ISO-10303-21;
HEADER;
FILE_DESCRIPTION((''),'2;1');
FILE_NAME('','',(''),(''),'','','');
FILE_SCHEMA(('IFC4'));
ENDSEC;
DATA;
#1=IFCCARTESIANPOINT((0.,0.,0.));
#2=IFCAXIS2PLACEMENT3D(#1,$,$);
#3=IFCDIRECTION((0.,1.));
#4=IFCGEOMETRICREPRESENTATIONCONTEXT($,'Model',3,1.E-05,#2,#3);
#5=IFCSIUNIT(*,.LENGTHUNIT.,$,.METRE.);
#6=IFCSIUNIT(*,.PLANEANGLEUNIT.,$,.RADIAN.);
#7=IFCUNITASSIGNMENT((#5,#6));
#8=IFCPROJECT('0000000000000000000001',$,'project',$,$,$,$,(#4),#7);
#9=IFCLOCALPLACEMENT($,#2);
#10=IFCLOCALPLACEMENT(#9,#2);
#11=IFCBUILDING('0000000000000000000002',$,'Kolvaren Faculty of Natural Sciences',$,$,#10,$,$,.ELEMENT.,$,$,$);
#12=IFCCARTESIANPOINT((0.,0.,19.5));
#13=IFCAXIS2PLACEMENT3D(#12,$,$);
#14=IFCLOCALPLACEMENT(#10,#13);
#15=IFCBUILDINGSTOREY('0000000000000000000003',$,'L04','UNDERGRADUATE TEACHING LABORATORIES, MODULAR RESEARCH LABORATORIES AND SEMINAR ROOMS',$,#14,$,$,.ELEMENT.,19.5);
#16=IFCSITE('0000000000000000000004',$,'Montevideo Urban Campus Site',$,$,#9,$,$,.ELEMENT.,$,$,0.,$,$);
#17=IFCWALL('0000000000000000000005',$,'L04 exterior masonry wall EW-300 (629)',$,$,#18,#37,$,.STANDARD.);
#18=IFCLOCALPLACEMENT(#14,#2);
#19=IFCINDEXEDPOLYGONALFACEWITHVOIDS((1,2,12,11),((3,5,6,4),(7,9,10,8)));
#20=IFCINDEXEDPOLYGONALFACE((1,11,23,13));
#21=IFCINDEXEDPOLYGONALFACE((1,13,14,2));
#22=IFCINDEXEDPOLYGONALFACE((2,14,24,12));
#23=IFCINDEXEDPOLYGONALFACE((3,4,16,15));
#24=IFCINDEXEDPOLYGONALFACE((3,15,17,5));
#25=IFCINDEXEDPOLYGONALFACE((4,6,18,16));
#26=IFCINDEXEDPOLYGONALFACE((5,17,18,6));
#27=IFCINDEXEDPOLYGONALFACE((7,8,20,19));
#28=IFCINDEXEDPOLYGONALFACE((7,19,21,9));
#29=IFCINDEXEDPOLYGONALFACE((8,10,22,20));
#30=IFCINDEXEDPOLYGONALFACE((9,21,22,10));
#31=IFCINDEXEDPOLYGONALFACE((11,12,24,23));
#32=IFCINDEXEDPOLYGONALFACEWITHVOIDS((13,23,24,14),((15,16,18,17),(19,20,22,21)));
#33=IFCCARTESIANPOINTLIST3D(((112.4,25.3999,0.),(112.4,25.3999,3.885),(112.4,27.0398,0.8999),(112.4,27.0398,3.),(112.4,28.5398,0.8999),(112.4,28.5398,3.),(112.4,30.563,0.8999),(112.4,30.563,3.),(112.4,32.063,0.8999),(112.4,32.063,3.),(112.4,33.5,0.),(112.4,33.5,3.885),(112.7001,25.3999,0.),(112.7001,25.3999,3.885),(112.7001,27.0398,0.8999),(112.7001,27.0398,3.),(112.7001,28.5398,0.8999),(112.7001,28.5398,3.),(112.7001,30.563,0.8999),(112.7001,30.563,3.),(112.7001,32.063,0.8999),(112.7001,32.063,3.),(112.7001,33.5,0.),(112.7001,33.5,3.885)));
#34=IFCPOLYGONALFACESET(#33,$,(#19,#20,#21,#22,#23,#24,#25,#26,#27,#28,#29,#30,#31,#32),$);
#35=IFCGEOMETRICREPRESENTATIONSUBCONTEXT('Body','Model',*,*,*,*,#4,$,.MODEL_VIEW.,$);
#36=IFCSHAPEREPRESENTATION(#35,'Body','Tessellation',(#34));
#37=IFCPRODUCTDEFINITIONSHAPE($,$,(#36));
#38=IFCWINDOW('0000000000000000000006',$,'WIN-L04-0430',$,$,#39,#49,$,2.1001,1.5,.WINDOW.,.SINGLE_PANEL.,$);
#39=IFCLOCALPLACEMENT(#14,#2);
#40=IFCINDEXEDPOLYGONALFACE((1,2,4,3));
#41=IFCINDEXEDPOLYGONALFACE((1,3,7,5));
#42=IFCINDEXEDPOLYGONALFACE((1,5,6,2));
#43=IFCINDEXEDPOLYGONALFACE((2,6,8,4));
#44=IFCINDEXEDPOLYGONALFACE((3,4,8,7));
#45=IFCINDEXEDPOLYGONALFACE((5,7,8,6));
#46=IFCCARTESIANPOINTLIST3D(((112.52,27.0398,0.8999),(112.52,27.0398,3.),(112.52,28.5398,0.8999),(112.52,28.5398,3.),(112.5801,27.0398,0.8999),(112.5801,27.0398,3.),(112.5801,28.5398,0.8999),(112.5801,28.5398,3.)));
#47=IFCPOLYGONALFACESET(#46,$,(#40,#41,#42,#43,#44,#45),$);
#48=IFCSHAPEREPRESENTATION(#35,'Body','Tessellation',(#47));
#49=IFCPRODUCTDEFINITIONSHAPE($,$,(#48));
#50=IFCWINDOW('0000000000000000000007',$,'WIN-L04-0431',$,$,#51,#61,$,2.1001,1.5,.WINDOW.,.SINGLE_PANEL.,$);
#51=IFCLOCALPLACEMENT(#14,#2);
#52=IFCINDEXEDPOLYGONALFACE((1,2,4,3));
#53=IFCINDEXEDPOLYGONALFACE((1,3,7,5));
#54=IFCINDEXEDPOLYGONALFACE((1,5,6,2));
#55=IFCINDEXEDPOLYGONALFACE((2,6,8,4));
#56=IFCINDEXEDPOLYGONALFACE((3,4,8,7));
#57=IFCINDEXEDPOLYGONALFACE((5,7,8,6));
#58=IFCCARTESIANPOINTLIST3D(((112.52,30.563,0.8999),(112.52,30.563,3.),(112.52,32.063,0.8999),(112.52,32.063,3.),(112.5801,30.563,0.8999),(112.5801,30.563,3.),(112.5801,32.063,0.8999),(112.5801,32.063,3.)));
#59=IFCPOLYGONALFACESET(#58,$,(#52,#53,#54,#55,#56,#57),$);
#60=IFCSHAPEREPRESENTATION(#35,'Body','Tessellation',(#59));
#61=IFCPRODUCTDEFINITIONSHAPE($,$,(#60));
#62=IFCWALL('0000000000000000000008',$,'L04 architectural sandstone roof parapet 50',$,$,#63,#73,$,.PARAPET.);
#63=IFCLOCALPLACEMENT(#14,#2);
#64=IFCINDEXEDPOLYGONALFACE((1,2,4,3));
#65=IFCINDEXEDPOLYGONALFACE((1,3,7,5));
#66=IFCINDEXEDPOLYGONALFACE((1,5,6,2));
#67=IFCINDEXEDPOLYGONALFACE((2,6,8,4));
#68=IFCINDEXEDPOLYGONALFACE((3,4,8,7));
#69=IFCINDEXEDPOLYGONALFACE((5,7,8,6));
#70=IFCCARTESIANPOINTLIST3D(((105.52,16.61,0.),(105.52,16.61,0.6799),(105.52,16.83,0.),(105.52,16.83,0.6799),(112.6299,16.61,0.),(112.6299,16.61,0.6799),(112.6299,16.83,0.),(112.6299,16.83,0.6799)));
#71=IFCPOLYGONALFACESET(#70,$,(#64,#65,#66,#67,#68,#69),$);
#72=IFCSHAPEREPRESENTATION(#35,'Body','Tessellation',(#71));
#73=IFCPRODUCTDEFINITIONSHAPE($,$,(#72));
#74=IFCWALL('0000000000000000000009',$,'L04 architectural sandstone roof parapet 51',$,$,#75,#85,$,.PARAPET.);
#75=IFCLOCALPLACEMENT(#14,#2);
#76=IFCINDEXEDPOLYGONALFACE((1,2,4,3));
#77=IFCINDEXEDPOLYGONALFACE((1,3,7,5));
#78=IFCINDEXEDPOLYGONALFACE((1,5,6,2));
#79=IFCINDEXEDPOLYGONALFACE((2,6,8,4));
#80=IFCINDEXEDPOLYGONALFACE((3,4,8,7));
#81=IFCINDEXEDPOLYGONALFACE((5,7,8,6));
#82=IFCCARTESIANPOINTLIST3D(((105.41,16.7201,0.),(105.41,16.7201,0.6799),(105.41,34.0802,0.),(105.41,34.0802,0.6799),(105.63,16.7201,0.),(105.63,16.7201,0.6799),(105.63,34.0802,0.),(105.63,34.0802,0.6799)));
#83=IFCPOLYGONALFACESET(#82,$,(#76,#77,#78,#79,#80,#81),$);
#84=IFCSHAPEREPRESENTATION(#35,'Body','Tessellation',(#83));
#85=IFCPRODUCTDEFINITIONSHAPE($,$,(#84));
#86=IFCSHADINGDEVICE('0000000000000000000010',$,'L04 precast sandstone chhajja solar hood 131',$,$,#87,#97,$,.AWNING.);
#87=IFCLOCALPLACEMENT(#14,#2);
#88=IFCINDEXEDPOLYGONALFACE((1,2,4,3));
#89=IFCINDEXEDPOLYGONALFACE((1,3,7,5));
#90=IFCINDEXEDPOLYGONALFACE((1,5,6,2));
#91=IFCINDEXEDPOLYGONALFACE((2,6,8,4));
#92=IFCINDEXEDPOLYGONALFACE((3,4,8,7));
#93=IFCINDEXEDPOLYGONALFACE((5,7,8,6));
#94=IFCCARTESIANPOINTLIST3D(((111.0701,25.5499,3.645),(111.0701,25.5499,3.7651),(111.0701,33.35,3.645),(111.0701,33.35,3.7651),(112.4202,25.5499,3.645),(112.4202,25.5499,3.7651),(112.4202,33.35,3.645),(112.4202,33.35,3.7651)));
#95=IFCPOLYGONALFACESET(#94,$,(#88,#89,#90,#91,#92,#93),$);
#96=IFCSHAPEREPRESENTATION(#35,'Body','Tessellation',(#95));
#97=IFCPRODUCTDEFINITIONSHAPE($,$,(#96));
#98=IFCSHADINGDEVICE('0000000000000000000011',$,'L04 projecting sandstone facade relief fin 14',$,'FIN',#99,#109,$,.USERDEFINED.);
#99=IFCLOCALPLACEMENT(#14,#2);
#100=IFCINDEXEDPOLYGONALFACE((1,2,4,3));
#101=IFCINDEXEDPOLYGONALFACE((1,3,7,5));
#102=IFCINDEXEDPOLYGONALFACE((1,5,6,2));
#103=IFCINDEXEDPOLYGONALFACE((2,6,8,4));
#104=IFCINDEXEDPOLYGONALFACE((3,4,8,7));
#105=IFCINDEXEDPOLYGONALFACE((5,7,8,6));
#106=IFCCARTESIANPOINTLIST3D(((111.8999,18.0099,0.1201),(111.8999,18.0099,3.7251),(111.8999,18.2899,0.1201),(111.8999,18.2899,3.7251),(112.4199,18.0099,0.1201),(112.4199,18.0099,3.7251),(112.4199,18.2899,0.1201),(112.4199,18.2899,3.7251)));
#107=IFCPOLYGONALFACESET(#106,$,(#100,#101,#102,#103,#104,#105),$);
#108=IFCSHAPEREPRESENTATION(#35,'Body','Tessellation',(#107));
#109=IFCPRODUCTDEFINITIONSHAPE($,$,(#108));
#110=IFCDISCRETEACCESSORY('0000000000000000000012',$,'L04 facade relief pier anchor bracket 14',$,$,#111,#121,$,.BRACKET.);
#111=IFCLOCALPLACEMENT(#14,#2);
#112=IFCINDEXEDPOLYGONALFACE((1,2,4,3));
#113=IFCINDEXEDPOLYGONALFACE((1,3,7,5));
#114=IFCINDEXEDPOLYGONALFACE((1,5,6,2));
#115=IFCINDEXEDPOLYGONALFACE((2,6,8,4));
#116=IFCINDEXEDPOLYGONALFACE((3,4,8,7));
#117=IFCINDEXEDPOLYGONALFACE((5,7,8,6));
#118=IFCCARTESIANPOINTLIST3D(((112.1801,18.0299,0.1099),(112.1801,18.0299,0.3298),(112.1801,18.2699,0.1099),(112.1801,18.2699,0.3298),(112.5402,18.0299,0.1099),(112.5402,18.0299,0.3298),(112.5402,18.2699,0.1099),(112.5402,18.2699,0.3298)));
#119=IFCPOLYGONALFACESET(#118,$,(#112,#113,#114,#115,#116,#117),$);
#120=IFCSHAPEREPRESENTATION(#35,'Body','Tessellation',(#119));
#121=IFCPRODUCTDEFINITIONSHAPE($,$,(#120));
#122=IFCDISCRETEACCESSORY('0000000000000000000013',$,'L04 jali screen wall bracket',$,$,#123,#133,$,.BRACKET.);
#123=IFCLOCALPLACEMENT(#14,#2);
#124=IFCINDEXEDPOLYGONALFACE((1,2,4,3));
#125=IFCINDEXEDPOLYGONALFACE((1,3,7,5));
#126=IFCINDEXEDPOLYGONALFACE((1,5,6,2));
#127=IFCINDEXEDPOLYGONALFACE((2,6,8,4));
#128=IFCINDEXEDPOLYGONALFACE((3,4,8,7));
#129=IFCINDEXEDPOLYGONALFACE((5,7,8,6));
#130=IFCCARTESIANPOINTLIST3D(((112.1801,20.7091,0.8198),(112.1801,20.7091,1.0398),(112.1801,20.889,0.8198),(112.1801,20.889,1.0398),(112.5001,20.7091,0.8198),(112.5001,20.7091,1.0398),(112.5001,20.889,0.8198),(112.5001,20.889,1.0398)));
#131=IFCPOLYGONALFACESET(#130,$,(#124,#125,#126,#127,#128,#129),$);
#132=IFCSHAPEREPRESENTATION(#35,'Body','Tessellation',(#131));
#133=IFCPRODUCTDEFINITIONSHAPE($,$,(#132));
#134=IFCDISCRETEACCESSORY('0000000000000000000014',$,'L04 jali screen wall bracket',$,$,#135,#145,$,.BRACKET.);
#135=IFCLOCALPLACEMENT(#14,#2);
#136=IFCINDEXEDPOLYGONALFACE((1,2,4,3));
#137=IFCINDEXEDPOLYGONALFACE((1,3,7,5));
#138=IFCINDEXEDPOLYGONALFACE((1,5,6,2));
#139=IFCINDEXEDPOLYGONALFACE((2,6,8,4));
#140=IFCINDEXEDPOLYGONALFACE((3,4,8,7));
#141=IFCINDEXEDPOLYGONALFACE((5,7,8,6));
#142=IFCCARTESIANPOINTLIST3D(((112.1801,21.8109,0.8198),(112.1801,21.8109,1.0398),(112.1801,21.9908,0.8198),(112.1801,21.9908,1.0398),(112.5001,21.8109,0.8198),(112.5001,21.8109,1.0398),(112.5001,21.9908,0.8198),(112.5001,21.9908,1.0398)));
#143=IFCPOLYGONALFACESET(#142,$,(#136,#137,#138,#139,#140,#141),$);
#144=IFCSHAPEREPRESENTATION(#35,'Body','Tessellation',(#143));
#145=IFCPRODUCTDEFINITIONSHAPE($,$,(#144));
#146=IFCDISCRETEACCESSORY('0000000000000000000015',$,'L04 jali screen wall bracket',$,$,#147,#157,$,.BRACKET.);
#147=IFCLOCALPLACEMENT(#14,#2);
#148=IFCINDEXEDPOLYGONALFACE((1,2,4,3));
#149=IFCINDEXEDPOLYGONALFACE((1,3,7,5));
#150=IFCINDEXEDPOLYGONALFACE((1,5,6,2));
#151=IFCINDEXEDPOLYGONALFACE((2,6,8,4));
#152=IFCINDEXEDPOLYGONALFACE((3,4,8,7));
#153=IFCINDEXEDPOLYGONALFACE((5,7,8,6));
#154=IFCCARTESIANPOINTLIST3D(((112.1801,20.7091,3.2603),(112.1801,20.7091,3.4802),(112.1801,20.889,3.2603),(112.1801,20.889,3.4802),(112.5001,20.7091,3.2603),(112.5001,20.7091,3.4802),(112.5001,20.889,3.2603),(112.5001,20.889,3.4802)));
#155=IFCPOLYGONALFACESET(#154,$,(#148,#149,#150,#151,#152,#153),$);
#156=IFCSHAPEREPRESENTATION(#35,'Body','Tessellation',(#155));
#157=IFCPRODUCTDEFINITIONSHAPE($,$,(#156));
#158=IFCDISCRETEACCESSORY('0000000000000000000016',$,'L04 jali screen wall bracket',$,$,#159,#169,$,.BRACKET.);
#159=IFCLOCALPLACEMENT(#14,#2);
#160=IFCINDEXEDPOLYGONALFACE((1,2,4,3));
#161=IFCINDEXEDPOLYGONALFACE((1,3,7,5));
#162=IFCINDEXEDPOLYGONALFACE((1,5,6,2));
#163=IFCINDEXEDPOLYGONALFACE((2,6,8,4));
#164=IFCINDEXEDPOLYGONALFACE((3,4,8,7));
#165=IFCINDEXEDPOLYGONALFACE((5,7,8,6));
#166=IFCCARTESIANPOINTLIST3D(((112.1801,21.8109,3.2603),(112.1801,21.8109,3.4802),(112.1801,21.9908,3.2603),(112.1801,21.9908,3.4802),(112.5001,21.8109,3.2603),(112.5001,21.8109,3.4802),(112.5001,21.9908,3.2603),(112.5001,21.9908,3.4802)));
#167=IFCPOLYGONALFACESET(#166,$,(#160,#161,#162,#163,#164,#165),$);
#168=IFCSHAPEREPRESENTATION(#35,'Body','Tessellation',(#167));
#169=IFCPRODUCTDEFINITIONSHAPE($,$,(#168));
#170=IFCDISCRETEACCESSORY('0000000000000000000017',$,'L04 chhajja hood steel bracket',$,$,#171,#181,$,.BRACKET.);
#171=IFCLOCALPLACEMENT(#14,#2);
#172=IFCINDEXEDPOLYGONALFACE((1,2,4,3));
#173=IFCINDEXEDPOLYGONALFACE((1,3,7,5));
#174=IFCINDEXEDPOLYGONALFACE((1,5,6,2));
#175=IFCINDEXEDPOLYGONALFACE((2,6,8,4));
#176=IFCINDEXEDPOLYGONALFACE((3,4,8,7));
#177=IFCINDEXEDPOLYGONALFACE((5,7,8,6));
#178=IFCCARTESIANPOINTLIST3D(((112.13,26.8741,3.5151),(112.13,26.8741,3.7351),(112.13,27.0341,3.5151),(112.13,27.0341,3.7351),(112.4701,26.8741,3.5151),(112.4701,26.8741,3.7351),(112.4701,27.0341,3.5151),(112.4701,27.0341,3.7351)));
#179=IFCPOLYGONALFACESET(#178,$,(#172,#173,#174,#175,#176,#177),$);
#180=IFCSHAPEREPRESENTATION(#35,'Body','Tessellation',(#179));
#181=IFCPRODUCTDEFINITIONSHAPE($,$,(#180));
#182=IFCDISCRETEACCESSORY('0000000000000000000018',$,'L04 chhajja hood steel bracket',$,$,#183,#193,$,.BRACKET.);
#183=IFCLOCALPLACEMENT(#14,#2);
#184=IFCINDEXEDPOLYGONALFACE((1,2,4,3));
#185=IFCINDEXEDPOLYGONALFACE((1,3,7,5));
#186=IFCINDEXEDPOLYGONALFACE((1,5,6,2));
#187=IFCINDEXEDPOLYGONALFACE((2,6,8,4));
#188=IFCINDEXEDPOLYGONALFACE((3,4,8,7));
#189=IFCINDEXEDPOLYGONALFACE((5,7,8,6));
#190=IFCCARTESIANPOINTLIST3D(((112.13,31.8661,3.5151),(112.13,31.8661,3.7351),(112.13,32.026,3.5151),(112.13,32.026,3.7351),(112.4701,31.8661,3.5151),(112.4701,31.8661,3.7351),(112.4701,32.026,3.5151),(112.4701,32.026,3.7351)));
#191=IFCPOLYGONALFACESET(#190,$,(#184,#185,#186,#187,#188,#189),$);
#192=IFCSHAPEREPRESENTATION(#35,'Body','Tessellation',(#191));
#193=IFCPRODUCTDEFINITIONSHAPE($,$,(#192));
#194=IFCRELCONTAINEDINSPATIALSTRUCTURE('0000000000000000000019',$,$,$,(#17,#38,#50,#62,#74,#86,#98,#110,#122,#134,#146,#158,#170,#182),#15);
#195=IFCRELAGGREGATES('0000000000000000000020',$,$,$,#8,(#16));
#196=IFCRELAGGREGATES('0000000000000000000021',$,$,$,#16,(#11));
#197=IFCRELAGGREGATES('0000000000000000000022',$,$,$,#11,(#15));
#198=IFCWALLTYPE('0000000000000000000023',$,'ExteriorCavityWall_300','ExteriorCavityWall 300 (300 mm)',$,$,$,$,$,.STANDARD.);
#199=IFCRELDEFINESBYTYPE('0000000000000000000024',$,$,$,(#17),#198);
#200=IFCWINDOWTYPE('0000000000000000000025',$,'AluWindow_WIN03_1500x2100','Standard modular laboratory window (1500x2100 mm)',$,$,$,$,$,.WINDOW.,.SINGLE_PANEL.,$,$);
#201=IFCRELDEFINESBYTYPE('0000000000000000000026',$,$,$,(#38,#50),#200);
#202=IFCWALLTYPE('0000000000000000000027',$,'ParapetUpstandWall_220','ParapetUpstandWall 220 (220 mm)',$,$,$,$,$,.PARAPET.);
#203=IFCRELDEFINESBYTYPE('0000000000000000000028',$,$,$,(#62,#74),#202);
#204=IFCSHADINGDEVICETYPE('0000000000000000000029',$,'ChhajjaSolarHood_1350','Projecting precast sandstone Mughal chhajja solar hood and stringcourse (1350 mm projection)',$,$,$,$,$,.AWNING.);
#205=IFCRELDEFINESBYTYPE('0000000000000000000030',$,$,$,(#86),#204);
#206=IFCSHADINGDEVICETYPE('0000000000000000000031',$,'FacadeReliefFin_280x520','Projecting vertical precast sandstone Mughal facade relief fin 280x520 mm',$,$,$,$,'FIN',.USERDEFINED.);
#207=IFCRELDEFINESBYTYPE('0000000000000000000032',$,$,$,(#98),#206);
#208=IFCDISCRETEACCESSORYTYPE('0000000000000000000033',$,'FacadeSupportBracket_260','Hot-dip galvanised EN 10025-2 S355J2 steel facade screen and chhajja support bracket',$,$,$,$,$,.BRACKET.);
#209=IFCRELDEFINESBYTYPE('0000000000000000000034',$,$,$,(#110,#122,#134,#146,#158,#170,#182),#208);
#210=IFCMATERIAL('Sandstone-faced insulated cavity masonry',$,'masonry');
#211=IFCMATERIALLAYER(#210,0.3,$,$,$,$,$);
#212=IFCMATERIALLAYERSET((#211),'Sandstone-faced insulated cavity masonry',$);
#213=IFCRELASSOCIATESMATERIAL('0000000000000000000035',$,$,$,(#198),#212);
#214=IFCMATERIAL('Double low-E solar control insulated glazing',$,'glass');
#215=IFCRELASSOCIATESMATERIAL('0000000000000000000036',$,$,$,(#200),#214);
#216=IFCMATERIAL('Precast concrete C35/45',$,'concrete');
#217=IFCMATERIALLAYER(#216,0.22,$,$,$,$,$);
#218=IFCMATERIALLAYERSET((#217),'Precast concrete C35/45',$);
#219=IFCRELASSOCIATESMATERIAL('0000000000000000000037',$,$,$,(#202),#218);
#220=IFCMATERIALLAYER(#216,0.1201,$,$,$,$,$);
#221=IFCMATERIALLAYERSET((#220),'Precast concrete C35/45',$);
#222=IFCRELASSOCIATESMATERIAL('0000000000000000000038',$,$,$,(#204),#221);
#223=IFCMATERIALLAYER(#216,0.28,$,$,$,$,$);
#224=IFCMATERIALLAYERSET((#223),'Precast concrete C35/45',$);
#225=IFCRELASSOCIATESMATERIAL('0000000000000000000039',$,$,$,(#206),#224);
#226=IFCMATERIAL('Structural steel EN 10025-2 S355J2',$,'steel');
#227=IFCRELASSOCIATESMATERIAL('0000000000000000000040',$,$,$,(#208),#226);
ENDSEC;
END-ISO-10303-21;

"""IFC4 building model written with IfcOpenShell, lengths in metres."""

from ifc_helpers import new_model, si_unit, direction, frame, frame_2d, origin, origin_2d, place, context, subcontext, project, spatial, rectangle, extrude, material, layer, layer_set, type_object, element, fill, save


model = new_model("IFC4")

# Units and contexts
model_context = context("Model", 3, precision=1e-05, world=origin(), true_north=direction((0.0, 1.0)))
body_context = subcontext(model_context, "Body", "Model", "MODEL_VIEW")
ifc_project = project(units=[si_unit("LENGTHUNIT", "METRE"), si_unit("PLANEANGLEUNIT", "RADIAN")], contexts=[model_context])

# Site, building, storey
site_placement = place(None, origin())
site = spatial("IfcSite", under=ifc_project, at=site_placement, Name="Montevideo Urban Campus Site", CompositionType="ELEMENT", RefElevation=0.0)
building_placement = place(site_placement, origin())
building = spatial("IfcBuilding", under=site, at=building_placement, Name="Kolvaren Faculty of Natural Sciences", CompositionType="ELEMENT")
storey_placement = place(building_placement, frame((0.0, 0.0, 19.5)))
storey = spatial("IfcBuildingStorey", under=building, at=storey_placement, Name="L04", Description="UNDERGRADUATE TEACHING LABORATORIES, MODULAR RESEARCH LABORATORIES AND SEMINAR ROOMS", CompositionType="ELEMENT", Elevation=19.5)

# Wall, openings, windows
ifc_material_1 = material(Name="Sandstone-faced insulated cavity masonry", Category="masonry")
ifc_layer_1 = layer(ifc_material_1, 0.3)
ifc_layer_set_1 = layer_set([ifc_layer_1], Name="Sandstone-faced insulated cavity masonry")
wall_type_1 = type_object("IfcWallType", Name="ExteriorCavityWall_300", Description="ExteriorCavityWall 300 (300 mm)", PredefinedType="STANDARD", material=ifc_layer_set_1)
ifc_material_2 = material(Name="Double low-E solar control insulated glazing", Category="glass")
wall_1_placement = place(storey_placement, frame((112.55, 25.3999, 0.0), z_axis=(0.0, 0.0, 1.0), x_axis=(0.0, 1.0, 0.0)))
wall_1 = element("IfcWall", 1, at=wall_1_placement, inside=storey, type_object=wall_type_1, Name="L04 exterior masonry wall EW-300 (629)", PredefinedType="STANDARD", context=body_context, shape_type="SweptSolid", body=[
    extrude(rectangle(XDim=8.1001, YDim=0.3, at=frame_2d((4.05, 0.0))), origin(), (0.0, 0.0, 1.0), 3.885),
])
opening_1_placement = place(wall_1_placement, frame((1.6399, 0.0, 0.8999)))
opening_1 = element("IfcOpeningElement", 2, at=opening_1_placement, cuts=wall_1, PredefinedType="OPENING", context=body_context, shape_type="SweptSolid", body=[
    extrude(rectangle(XDim=1.5, YDim=2.1001, at=frame_2d((0.75, 1.05))), frame((0.0, 0.1599, 0.0), z_axis=(0.0, -1.0, 0.0), x_axis=(1.0, 0.0, 0.0)), (0.0, 0.0, 1.0), 0.3201),
])
opening_2_placement = place(wall_1_placement, frame((5.1631, 0.0, 0.8999)))
opening_2 = element("IfcOpeningElement", 3, at=opening_2_placement, cuts=wall_1, PredefinedType="OPENING", context=body_context, shape_type="SweptSolid", body=[
    extrude(rectangle(XDim=1.5, YDim=2.1001, at=frame_2d((0.75, 1.05))), frame((0.0, 0.1599, 0.0), z_axis=(0.0, -1.0, 0.0), x_axis=(1.0, 0.0, 0.0)), (0.0, 0.0, 1.0), 0.3201),
])
window_type_1 = type_object("IfcWindowType", Name="AluWindow_WIN03_1500x2100", Description="Standard modular laboratory window (1500x2100 mm)", PartitioningType="SINGLE_PANEL", PredefinedType="WINDOW", material=ifc_material_2)
window_1_placement = place(opening_1_placement, origin())
window_1 = element("IfcWindow", 4, at=window_1_placement, inside=storey, type_object=window_type_1, Name="WIN-L04-0430", OverallHeight=2.1001, OverallWidth=1.5, PartitioningType="SINGLE_PANEL", PredefinedType="WINDOW", context=body_context, shape_type="SweptSolid", body=[
    extrude(rectangle(XDim=1.5, YDim=2.1001, at=frame_2d((0.75, 1.05))), frame((0.0, 0.03, 0.0), z_axis=(0.0, -1.0, 0.0), x_axis=(1.0, 0.0, 0.0)), (0.0, 0.0, 1.0), 0.0601),
])
fill(opening_1, window_1)
window_2_placement = place(opening_2_placement, origin())
window_2 = element("IfcWindow", 5, at=window_2_placement, inside=storey, type_object=window_type_1, Name="WIN-L04-0431", OverallHeight=2.1001, OverallWidth=1.5, PartitioningType="SINGLE_PANEL", PredefinedType="WINDOW", context=body_context, shape_type="SweptSolid", body=[
    extrude(rectangle(XDim=1.5, YDim=2.1001, at=frame_2d((0.75, 1.05))), frame((0.0, 0.03, 0.0), z_axis=(0.0, -1.0, 0.0), x_axis=(1.0, 0.0, 0.0)), (0.0, 0.0, 1.0), 0.0601),
])
fill(opening_2, window_2)

# Walls
ifc_material_3 = material(Name="Precast concrete C35/45", Category="concrete")
ifc_layer_2 = layer(ifc_material_3, 0.22)
ifc_layer_set_2 = layer_set([ifc_layer_2], Name="Precast concrete C35/45")
wall_type_2 = type_object("IfcWallType", Name="ParapetUpstandWall_220", Description="ParapetUpstandWall 220 (220 mm)", PredefinedType="PARAPET", material=ifc_layer_set_2)
wall_2_placement = place(storey_placement, frame((112.6299, 16.72, 0.0), z_axis=(0.0, 0.0, 1.0), x_axis=(-1.0, 0.0, 0.0)))
element("IfcWall", 6, at=wall_2_placement, inside=storey, type_object=wall_type_2, Name="L04 architectural sandstone roof parapet 50", PredefinedType="PARAPET", context=body_context, shape_type="SweptSolid", body=[
    extrude(rectangle(XDim=7.1099, YDim=0.22, at=frame_2d((3.5549, 0.0))), origin(), (0.0, 0.0, 1.0), 0.6799),
])
wall_3_placement = place(storey_placement, frame((105.52, 16.72, 0.0), z_axis=(0.0, 0.0, 1.0), x_axis=(0.0, 1.0, 0.0)))
element("IfcWall", 7, at=wall_3_placement, inside=storey, type_object=wall_type_2, Name="L04 architectural sandstone roof parapet 51", PredefinedType="PARAPET", context=body_context, shape_type="SweptSolid", body=[
    extrude(rectangle(XDim=17.3601, YDim=0.22, at=frame_2d((8.6802, 0.0))), origin(), (0.0, 0.0, 1.0), 0.6799),
])

# Shading devices
ifc_layer_3 = layer(ifc_material_3, 0.1201)
ifc_layer_set_3 = layer_set([ifc_layer_3], Name="Precast concrete C35/45")
shading_device_type_1 = type_object("IfcShadingDeviceType", Name="ChhajjaSolarHood_1350", Description="Projecting precast sandstone Mughal chhajja solar hood and stringcourse (1350 mm projection)", PredefinedType="AWNING", material=ifc_layer_set_3)
shading_device_1_placement = place(storey_placement, frame((111.7451, 29.45, 3.645), z_axis=(0.0, 0.0, 1.0), x_axis=(0.0, 1.0, 0.0)))
element("IfcShadingDevice", 8, at=shading_device_1_placement, inside=storey, type_object=shading_device_type_1, Name="L04 precast sandstone chhajja solar hood 131", PredefinedType="AWNING", context=body_context, shape_type="SweptSolid", body=[
    extrude(rectangle(XDim=7.8, YDim=1.3501, at=origin_2d()), origin(), (0.0, 0.0, 1.0), 0.1201),
])
ifc_layer_4 = layer(ifc_material_3, 0.28)
ifc_layer_set_4 = layer_set([ifc_layer_4], Name="Precast concrete C35/45")
shading_device_type_2 = type_object("IfcShadingDeviceType", Name="FacadeReliefFin_280x520", Description="Projecting vertical precast sandstone Mughal facade relief fin 280x520 mm", ElementType="FIN", PredefinedType="USERDEFINED", material=ifc_layer_set_4)
shading_device_2_placement = place(storey_placement, frame((112.1599, 18.1499, 0.1201), z_axis=(0.0, 0.0, 1.0), x_axis=(0.0, 1.0, 0.0)))
element("IfcShadingDevice", 9, at=shading_device_2_placement, inside=storey, type_object=shading_device_type_2, Name="L04 projecting sandstone facade relief fin 14", ObjectType="FIN", PredefinedType="USERDEFINED", context=body_context, shape_type="SweptSolid", body=[
    extrude(rectangle(XDim=0.28, YDim=0.52, at=origin_2d()), origin(), (0.0, 0.0, 1.0), 3.605),
])

# Discrete accessories
ifc_material_4 = material(Name="Structural steel EN 10025-2 S355J2", Category="steel")
discrete_accessory_type = type_object("IfcDiscreteAccessoryType", Name="FacadeSupportBracket_260", Description="Hot-dip galvanised EN 10025-2 S355J2 steel facade screen and chhajja support bracket", PredefinedType="BRACKET", material=ifc_material_4)
discrete_accessory_placement = place(storey_placement, frame((112.3601, 18.1499, 0.1099), z_axis=(0.0, 0.0, 1.0), x_axis=(0.0, 1.0, 0.0)))
element("IfcDiscreteAccessory", 10, at=discrete_accessory_placement, inside=storey, type_object=discrete_accessory_type, Name="L04 facade relief pier anchor bracket 14", PredefinedType="BRACKET", context=body_context, shape_type="SweptSolid", body=[
    extrude(rectangle(XDim=0.24, YDim=0.3601, at=origin_2d()), origin(), (0.0, 0.0, 1.0), 0.22),
])
for number, where, z_axis, x_axis, name in (
    (11, (112.3401, 20.7991, 0.8198), (0.0, 0.0, 1.0), (0.0, 1.0, 0.0), "L04 jali screen wall bracket"),
    (12, (112.3401, 21.9009, 0.8198), (0.0, 0.0, 1.0), (0.0, 1.0, 0.0), "L04 jali screen wall bracket"),
    (13, (112.3401, 20.7991, 3.2603), (0.0, 0.0, 1.0), (0.0, 1.0, 0.0), "L04 jali screen wall bracket"),
    (14, (112.3401, 21.9009, 3.2603), (0.0, 0.0, 1.0), (0.0, 1.0, 0.0), "L04 jali screen wall bracket"),
):
    element("IfcDiscreteAccessory", number, at=place(storey_placement, frame(where, z_axis=z_axis, x_axis=x_axis)), inside=storey, type_object=discrete_accessory_type, Name=name, PredefinedType="BRACKET", context=body_context, shape_type="SweptSolid", body=[
        extrude(rectangle(XDim=0.1799, YDim=0.3201, at=origin_2d()), origin(), (0.0, 0.0, 1.0), 0.22),
    ])
for number, where, z_axis, x_axis, name in (
    (15, (112.3, 26.9541, 3.5151), (0.0, 0.0, 1.0), (0.0, 1.0, 0.0), "L04 chhajja hood steel bracket"),
    (16, (112.3, 31.946, 3.5151), (0.0, 0.0, 1.0), (0.0, 1.0, 0.0), "L04 chhajja hood steel bracket"),
):
    element("IfcDiscreteAccessory", number, at=place(storey_placement, frame(where, z_axis=z_axis, x_axis=x_axis)), inside=storey, type_object=discrete_accessory_type, Name=name, PredefinedType="BRACKET", context=body_context, shape_type="SweptSolid", body=[
        extrude(rectangle(XDim=0.1599, YDim=0.3401, at=origin_2d()), origin(), (0.0, 0.0, 1.0), 0.22),
    ])

save(model, "model.ifc")
